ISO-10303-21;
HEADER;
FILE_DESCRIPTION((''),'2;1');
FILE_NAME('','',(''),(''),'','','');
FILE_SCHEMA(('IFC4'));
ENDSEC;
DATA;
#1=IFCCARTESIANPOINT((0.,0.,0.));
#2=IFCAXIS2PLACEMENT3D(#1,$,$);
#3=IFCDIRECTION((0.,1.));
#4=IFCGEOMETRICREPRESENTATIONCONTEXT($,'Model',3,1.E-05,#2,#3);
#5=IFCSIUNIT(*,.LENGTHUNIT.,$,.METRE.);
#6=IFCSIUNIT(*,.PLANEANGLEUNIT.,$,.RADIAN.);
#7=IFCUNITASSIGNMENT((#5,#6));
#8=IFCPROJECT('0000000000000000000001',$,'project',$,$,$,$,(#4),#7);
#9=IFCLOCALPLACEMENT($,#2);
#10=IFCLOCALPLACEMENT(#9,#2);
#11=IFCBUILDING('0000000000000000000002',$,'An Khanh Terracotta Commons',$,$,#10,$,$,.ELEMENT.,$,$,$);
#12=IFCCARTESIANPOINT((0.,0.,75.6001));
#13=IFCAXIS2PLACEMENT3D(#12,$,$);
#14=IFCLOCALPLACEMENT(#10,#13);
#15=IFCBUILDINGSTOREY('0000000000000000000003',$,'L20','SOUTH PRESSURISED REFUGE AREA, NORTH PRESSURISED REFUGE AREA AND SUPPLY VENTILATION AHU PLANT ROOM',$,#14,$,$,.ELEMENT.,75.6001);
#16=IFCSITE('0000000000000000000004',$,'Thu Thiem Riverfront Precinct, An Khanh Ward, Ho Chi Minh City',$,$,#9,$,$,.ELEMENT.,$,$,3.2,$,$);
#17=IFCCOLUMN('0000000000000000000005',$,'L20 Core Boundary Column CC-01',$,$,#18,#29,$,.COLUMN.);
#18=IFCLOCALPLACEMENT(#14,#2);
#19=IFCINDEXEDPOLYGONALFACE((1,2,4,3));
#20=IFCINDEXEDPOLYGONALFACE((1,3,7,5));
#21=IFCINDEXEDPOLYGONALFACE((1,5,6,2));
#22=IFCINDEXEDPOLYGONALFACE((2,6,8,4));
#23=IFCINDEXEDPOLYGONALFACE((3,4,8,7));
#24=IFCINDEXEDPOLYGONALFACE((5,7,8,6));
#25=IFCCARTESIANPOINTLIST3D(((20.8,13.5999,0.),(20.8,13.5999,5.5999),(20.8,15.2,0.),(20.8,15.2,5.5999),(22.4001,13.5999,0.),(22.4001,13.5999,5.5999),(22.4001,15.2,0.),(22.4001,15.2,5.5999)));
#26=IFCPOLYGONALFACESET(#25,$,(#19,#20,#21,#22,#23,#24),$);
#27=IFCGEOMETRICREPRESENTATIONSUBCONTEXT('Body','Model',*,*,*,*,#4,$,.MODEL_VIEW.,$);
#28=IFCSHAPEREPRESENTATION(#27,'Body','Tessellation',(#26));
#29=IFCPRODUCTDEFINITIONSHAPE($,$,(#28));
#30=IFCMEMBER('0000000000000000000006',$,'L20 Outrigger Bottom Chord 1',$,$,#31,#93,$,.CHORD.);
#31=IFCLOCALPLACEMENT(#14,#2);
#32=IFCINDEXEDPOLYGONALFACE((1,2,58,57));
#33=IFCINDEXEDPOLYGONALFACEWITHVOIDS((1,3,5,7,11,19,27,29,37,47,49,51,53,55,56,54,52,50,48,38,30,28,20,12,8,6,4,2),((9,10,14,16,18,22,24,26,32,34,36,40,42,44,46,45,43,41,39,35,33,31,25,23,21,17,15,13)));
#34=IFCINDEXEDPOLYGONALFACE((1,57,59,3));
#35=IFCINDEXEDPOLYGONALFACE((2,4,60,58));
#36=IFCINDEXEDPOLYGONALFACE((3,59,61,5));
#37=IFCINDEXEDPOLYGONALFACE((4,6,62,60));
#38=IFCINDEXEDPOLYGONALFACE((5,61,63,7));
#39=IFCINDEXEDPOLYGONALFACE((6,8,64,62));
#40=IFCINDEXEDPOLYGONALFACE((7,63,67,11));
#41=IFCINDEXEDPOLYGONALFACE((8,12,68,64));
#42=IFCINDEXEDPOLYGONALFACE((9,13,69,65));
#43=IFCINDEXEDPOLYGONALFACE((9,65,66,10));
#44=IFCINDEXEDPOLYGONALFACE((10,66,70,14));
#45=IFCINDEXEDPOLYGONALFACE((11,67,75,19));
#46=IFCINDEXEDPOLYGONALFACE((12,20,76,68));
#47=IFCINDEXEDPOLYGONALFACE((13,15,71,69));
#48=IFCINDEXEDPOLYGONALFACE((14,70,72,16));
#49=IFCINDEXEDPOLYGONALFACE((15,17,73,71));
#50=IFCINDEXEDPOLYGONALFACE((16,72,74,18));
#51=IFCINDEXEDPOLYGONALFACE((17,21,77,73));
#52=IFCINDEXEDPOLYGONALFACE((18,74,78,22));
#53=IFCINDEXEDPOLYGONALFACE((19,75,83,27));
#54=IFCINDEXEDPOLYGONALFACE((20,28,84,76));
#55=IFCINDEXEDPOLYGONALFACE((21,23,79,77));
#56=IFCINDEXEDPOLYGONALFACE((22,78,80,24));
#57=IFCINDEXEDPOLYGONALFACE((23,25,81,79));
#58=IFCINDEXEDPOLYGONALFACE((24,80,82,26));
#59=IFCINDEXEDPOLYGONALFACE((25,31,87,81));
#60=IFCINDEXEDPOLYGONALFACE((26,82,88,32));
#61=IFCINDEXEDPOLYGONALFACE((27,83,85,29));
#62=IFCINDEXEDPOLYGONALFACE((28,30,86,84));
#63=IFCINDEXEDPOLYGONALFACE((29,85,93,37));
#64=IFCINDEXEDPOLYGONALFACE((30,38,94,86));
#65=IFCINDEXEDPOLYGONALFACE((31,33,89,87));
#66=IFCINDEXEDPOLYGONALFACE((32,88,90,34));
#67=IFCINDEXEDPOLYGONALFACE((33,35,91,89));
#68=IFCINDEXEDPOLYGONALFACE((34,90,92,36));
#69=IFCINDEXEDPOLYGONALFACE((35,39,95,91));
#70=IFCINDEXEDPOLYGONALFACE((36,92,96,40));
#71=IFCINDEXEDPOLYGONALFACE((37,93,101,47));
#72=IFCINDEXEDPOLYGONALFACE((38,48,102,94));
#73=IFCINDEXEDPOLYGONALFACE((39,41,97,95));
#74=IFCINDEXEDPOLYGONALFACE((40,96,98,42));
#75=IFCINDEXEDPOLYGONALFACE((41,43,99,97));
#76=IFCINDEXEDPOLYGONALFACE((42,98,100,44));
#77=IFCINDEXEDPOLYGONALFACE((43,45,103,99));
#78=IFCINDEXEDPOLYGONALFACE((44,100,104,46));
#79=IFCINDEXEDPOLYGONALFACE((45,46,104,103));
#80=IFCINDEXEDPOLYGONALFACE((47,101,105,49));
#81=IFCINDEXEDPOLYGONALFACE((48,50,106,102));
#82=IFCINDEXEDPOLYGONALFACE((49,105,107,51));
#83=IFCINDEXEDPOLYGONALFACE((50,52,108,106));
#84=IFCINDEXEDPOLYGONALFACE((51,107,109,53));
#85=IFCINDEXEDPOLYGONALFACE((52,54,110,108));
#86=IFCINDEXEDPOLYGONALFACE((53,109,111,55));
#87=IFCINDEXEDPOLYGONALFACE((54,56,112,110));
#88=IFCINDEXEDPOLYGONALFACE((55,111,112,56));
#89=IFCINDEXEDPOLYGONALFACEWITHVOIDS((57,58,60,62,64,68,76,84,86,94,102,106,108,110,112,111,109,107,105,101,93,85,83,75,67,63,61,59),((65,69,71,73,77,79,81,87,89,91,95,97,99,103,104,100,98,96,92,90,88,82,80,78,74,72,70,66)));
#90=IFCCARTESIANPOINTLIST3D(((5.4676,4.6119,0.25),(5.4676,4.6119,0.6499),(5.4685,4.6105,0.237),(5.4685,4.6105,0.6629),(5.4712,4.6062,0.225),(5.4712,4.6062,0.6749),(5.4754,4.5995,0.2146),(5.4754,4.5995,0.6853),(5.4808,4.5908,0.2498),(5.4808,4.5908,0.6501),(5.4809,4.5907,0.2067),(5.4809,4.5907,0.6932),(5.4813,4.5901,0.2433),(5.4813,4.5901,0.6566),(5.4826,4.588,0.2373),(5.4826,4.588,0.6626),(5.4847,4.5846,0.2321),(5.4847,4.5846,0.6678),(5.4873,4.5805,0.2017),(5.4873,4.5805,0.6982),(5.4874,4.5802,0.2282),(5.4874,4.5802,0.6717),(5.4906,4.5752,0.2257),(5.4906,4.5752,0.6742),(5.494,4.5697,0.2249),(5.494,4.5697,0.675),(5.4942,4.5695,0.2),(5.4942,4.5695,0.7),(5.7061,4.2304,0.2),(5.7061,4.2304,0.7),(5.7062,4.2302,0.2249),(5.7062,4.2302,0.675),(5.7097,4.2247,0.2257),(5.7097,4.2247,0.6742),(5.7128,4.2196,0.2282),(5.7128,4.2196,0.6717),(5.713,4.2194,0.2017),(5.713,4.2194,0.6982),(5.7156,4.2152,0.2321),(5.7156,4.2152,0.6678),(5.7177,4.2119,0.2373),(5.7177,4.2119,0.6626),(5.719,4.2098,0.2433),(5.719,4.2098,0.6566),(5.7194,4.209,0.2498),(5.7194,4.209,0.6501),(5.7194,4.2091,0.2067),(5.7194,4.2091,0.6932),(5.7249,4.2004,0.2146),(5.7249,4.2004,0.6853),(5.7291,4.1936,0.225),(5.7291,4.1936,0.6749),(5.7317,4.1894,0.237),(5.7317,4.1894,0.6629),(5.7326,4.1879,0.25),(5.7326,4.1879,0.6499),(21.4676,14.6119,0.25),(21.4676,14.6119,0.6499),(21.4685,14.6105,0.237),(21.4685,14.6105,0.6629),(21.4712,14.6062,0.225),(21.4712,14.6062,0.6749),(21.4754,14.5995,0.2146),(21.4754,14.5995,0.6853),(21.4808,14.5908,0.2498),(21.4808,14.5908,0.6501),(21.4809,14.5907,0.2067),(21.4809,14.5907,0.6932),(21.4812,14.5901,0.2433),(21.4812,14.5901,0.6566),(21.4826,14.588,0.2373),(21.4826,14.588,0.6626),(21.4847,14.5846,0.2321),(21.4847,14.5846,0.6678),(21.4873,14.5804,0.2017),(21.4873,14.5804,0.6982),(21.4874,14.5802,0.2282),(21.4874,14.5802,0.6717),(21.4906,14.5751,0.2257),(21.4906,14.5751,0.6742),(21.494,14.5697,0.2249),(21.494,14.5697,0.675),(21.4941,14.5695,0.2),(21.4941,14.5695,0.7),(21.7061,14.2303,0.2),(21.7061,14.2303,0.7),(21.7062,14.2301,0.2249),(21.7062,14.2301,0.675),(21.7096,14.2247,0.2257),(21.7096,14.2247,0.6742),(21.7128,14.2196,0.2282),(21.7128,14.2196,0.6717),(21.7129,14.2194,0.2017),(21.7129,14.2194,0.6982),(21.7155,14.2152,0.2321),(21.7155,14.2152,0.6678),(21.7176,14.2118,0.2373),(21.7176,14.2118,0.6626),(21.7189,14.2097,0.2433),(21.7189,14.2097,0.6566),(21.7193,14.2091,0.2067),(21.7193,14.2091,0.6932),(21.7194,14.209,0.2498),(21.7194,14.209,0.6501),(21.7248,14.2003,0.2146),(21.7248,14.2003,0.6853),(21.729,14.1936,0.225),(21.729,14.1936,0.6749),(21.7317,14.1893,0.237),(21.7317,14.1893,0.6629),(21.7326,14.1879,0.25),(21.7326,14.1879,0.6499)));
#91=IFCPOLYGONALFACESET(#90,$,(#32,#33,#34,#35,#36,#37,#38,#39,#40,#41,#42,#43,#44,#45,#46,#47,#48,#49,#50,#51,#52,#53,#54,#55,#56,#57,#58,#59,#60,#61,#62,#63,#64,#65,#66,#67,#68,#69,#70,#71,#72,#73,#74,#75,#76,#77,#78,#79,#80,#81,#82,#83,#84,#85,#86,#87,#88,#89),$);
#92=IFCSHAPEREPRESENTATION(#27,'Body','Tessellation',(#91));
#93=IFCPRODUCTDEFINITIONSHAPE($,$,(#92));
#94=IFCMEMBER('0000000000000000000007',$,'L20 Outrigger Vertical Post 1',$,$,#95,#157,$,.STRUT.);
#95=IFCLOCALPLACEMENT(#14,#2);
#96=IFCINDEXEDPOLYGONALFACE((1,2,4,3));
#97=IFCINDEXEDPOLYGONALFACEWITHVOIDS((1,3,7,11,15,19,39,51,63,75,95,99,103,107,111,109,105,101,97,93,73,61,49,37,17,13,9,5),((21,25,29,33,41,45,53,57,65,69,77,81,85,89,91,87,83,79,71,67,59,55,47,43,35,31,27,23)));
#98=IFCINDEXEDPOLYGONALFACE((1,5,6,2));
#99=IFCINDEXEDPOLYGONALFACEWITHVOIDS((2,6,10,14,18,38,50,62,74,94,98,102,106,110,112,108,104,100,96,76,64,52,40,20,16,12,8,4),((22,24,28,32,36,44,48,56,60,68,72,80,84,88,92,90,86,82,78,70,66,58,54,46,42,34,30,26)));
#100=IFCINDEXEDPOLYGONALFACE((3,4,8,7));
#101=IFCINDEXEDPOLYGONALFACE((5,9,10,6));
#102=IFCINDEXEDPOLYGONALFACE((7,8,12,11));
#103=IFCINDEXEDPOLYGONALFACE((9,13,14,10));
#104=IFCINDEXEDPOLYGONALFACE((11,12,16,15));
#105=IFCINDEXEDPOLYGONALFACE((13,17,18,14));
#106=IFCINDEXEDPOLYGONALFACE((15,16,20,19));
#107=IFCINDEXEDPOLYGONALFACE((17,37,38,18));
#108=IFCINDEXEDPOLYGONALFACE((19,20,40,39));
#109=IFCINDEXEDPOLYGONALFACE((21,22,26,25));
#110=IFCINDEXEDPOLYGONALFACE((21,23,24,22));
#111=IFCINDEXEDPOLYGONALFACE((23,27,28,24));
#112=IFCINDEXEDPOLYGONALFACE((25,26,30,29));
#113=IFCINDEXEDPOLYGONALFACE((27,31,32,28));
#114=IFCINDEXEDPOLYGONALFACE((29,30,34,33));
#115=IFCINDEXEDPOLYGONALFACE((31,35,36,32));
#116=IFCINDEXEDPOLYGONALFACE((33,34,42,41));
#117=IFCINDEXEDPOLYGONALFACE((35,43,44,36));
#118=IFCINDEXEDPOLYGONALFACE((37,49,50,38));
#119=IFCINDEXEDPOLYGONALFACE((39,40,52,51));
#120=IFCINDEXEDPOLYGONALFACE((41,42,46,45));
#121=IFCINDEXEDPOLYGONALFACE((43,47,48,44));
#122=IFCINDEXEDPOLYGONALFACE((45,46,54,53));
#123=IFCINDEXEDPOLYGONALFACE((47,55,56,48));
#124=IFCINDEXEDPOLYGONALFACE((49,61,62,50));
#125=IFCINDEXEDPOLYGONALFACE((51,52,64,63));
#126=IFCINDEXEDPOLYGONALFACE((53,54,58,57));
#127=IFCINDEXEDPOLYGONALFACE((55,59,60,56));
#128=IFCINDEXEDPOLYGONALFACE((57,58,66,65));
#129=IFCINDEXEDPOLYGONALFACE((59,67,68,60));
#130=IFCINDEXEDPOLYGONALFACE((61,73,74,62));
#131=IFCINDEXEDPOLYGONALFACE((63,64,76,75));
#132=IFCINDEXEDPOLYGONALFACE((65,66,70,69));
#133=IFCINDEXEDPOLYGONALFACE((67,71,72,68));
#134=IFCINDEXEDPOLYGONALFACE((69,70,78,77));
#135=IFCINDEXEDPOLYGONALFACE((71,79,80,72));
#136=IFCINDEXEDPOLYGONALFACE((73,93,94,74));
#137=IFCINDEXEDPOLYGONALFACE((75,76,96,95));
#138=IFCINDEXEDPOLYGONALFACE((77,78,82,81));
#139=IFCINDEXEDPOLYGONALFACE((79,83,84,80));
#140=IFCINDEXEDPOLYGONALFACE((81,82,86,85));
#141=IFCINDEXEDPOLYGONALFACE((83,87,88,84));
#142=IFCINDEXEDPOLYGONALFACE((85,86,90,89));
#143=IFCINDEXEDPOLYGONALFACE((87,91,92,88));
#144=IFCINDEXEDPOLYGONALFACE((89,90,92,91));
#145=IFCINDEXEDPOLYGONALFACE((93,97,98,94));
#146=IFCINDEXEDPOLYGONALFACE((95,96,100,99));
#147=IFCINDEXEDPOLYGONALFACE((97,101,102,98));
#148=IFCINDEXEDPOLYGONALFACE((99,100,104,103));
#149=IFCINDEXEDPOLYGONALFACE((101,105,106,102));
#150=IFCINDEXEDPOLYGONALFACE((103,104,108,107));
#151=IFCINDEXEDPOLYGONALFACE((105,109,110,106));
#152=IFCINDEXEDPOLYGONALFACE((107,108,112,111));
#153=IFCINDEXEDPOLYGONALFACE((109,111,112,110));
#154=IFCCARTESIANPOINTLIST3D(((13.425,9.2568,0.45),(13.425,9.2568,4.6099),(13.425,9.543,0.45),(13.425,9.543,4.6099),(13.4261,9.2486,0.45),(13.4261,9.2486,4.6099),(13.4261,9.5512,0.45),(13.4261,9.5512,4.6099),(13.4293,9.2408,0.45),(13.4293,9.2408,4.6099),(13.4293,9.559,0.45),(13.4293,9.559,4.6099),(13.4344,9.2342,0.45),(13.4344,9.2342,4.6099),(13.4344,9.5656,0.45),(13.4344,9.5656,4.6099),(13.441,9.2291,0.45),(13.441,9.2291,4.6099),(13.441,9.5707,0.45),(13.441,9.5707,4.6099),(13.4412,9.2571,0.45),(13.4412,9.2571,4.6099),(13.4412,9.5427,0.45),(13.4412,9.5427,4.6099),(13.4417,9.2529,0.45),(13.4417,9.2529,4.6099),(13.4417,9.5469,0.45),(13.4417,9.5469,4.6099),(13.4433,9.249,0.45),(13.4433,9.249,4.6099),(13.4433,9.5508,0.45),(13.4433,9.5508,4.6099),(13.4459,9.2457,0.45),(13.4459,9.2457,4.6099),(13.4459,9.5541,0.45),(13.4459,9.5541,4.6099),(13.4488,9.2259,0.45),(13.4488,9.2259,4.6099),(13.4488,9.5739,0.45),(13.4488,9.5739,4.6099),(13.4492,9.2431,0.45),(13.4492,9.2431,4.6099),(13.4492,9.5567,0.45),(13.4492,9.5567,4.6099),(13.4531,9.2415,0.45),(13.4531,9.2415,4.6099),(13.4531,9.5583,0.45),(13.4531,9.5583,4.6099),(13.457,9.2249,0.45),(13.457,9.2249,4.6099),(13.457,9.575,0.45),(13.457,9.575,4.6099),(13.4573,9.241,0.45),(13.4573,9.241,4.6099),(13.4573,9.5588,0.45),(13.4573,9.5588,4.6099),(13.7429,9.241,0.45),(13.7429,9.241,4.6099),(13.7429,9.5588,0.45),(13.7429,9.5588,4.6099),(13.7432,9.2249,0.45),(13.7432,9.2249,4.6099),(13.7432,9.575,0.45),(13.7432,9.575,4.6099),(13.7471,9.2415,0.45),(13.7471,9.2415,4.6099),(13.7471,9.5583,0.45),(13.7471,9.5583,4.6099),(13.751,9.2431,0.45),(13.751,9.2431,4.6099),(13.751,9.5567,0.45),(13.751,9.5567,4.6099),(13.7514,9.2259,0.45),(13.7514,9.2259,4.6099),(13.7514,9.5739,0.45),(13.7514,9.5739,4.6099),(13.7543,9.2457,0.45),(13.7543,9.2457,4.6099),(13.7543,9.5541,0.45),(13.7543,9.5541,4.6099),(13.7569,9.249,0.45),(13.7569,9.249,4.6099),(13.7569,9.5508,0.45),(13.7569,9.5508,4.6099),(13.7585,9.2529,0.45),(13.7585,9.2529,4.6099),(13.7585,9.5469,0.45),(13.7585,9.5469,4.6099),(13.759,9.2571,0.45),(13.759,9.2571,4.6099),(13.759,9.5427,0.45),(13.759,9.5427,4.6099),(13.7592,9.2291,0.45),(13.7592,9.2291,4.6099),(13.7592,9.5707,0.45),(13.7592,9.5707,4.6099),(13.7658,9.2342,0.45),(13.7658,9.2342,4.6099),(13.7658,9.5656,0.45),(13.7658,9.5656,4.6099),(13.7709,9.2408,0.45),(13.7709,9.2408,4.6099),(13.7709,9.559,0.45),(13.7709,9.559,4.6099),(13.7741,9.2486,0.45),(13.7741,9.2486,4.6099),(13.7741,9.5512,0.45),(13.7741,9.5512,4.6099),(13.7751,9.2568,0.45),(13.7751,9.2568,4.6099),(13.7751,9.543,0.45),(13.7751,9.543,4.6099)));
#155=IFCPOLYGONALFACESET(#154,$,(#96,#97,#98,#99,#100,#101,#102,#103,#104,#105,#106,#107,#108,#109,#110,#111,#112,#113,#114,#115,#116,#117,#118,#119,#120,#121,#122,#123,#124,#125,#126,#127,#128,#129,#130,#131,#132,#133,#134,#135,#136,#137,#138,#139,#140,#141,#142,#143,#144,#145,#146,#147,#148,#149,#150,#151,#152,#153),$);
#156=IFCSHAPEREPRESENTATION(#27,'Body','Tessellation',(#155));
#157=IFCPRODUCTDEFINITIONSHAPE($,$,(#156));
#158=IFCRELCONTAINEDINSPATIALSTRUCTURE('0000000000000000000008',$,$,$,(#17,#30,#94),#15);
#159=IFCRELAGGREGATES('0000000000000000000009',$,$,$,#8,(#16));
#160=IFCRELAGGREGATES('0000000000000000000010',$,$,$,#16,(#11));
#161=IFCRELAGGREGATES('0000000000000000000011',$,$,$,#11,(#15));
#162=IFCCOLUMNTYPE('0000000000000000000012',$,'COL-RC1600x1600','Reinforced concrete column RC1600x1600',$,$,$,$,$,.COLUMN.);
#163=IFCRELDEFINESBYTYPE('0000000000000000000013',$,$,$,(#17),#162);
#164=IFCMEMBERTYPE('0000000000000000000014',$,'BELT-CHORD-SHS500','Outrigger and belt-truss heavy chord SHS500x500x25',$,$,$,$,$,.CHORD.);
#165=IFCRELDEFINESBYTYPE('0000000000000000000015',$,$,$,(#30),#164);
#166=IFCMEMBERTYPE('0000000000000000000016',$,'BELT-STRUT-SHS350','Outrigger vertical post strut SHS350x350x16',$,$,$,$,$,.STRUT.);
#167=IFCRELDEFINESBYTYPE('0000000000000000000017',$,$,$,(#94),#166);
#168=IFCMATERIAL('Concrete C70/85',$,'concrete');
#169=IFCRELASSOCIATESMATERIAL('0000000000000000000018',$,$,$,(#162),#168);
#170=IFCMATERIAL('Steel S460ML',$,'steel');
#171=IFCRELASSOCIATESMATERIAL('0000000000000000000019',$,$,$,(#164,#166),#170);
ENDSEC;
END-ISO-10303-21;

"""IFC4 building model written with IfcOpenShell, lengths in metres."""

from ifc_helpers import new_model, si_unit, direction, frame, origin, origin_2d, place, context, subcontext, project, spatial, rectangle, hollow_rectangle, extrude, material, material_profile, profile_set, type_object, element, save


model = new_model("IFC4")

# Units and contexts
model_context = context("Model", 3, precision=1e-05, world=origin(), true_north=direction((0.0, 1.0)))
body_context = subcontext(model_context, "Body", "Model", "MODEL_VIEW")
ifc_project = project(units=[si_unit("LENGTHUNIT", "METRE"), si_unit("PLANEANGLEUNIT", "RADIAN")], contexts=[model_context])

# Site, building, storey
site_placement = place(None, origin())
site = spatial("IfcSite", under=ifc_project, at=site_placement, Name="Thu Thiem Riverfront Precinct, An Khanh Ward, Ho Chi Minh City", CompositionType="ELEMENT", RefElevation=3.2)
building_placement = place(site_placement, origin())
building = spatial("IfcBuilding", under=site, at=building_placement, Name="An Khanh Terracotta Commons", CompositionType="ELEMENT")
storey_placement = place(building_placement, frame((0.0, 0.0, 75.6001)))
storey = spatial("IfcBuildingStorey", under=building, at=storey_placement, Name="L20", Description="SOUTH PRESSURISED REFUGE AREA, NORTH PRESSURISED REFUGE AREA AND SUPPLY VENTILATION AHU PLANT ROOM", CompositionType="ELEMENT", Elevation=75.6001)

# Column
ifc_material_1 = material(Name="Concrete C70/85", Category="concrete")
ifc_material_profile_1 = material_profile(ifc_material_1, rectangle(XDim=1.6001, YDim=1.6001, at=origin_2d()), Name="RC1600x1600")
ifc_profile_set_1 = profile_set([ifc_material_profile_1], Name="Concrete C70/85")
column_type = type_object("IfcColumnType", Name="COL-RC1600x1600", Description="Reinforced concrete column RC1600x1600", PredefinedType="COLUMN", material=ifc_profile_set_1)
column_placement = place(storey_placement, frame((21.6001, 14.3999, 0.0), z_axis=(0.0, 0.0, 1.0), x_axis=(1.0, 0.0, 0.0)))
element("IfcColumn", 1, at=column_placement, inside=storey, type_object=column_type, Name="L20 Core Boundary Column CC-01", PredefinedType="COLUMN", context=body_context, shape_type="SweptSolid", body=[
    extrude(rectangle(XDim=1.6001, YDim=1.6001, at=origin_2d()), origin(), (0.0, 0.0, 1.0), 5.5999),
])

# Members
ifc_material_2 = material(Name="Steel S460ML", Category="steel")
ifc_material_profile_2 = material_profile(ifc_material_2, hollow_rectangle(XDim=0.5, YDim=0.5, WallThickness=0.0249, InnerFilletRadius=0.0249, OuterFilletRadius=0.05, at=origin_2d()), Name="SHS500x500x25")
ifc_profile_set_2 = profile_set([ifc_material_profile_2], Name="Steel S460ML")
member_type_1 = type_object("IfcMemberType", Name="BELT-CHORD-SHS500", Description="Outrigger and belt-truss heavy chord SHS500x500x25", PredefinedType="CHORD", material=ifc_profile_set_2)
member_1_placement = place(storey_placement, frame((21.6001, 14.3999, 0.45), z_axis=(-0.847998, -0.529999, 0.0), x_axis=(0.529999, -0.847998, 0.0)))
element("IfcMember", 2, at=member_1_placement, inside=storey, type_object=member_type_1, Name="L20 Outrigger Bottom Chord 1", PredefinedType="CHORD", context=body_context, shape_type="SweptSolid", body=[
    extrude(hollow_rectangle(XDim=0.5, YDim=0.5, WallThickness=0.0249, InnerFilletRadius=0.0249, OuterFilletRadius=0.05, at=origin_2d()), origin(), (0.0, 0.0, 1.0), 18.8679),
])
ifc_material_profile_3 = material_profile(ifc_material_2, hollow_rectangle(XDim=0.3501, YDim=0.3501, WallThickness=0.0161, InnerFilletRadius=0.0161, OuterFilletRadius=0.032, at=origin_2d()), Name="SHS350x350x16")
ifc_profile_set_3 = profile_set([ifc_material_profile_3], Name="Steel S460ML")
member_type_2 = type_object("IfcMemberType", Name="BELT-STRUT-SHS350", Description="Outrigger vertical post strut SHS350x350x16", PredefinedType="STRUT", material=ifc_profile_set_3)
member_2_placement = place(storey_placement, frame((13.6001, 9.3999, 0.45), z_axis=(0.0, 0.0, 1.0), x_axis=(1.0, 0.0, 0.0)))
element("IfcMember", 3, at=member_2_placement, inside=storey, type_object=member_type_2, Name="L20 Outrigger Vertical Post 1", PredefinedType="STRUT", context=body_context, shape_type="SweptSolid", body=[
    extrude(hollow_rectangle(XDim=0.3501, YDim=0.3501, WallThickness=0.0161, InnerFilletRadius=0.0161, OuterFilletRadius=0.032, at=origin_2d()), origin(), (0.0, 0.0, 1.0), 4.1599),
])

save(model, "model.ifc")
